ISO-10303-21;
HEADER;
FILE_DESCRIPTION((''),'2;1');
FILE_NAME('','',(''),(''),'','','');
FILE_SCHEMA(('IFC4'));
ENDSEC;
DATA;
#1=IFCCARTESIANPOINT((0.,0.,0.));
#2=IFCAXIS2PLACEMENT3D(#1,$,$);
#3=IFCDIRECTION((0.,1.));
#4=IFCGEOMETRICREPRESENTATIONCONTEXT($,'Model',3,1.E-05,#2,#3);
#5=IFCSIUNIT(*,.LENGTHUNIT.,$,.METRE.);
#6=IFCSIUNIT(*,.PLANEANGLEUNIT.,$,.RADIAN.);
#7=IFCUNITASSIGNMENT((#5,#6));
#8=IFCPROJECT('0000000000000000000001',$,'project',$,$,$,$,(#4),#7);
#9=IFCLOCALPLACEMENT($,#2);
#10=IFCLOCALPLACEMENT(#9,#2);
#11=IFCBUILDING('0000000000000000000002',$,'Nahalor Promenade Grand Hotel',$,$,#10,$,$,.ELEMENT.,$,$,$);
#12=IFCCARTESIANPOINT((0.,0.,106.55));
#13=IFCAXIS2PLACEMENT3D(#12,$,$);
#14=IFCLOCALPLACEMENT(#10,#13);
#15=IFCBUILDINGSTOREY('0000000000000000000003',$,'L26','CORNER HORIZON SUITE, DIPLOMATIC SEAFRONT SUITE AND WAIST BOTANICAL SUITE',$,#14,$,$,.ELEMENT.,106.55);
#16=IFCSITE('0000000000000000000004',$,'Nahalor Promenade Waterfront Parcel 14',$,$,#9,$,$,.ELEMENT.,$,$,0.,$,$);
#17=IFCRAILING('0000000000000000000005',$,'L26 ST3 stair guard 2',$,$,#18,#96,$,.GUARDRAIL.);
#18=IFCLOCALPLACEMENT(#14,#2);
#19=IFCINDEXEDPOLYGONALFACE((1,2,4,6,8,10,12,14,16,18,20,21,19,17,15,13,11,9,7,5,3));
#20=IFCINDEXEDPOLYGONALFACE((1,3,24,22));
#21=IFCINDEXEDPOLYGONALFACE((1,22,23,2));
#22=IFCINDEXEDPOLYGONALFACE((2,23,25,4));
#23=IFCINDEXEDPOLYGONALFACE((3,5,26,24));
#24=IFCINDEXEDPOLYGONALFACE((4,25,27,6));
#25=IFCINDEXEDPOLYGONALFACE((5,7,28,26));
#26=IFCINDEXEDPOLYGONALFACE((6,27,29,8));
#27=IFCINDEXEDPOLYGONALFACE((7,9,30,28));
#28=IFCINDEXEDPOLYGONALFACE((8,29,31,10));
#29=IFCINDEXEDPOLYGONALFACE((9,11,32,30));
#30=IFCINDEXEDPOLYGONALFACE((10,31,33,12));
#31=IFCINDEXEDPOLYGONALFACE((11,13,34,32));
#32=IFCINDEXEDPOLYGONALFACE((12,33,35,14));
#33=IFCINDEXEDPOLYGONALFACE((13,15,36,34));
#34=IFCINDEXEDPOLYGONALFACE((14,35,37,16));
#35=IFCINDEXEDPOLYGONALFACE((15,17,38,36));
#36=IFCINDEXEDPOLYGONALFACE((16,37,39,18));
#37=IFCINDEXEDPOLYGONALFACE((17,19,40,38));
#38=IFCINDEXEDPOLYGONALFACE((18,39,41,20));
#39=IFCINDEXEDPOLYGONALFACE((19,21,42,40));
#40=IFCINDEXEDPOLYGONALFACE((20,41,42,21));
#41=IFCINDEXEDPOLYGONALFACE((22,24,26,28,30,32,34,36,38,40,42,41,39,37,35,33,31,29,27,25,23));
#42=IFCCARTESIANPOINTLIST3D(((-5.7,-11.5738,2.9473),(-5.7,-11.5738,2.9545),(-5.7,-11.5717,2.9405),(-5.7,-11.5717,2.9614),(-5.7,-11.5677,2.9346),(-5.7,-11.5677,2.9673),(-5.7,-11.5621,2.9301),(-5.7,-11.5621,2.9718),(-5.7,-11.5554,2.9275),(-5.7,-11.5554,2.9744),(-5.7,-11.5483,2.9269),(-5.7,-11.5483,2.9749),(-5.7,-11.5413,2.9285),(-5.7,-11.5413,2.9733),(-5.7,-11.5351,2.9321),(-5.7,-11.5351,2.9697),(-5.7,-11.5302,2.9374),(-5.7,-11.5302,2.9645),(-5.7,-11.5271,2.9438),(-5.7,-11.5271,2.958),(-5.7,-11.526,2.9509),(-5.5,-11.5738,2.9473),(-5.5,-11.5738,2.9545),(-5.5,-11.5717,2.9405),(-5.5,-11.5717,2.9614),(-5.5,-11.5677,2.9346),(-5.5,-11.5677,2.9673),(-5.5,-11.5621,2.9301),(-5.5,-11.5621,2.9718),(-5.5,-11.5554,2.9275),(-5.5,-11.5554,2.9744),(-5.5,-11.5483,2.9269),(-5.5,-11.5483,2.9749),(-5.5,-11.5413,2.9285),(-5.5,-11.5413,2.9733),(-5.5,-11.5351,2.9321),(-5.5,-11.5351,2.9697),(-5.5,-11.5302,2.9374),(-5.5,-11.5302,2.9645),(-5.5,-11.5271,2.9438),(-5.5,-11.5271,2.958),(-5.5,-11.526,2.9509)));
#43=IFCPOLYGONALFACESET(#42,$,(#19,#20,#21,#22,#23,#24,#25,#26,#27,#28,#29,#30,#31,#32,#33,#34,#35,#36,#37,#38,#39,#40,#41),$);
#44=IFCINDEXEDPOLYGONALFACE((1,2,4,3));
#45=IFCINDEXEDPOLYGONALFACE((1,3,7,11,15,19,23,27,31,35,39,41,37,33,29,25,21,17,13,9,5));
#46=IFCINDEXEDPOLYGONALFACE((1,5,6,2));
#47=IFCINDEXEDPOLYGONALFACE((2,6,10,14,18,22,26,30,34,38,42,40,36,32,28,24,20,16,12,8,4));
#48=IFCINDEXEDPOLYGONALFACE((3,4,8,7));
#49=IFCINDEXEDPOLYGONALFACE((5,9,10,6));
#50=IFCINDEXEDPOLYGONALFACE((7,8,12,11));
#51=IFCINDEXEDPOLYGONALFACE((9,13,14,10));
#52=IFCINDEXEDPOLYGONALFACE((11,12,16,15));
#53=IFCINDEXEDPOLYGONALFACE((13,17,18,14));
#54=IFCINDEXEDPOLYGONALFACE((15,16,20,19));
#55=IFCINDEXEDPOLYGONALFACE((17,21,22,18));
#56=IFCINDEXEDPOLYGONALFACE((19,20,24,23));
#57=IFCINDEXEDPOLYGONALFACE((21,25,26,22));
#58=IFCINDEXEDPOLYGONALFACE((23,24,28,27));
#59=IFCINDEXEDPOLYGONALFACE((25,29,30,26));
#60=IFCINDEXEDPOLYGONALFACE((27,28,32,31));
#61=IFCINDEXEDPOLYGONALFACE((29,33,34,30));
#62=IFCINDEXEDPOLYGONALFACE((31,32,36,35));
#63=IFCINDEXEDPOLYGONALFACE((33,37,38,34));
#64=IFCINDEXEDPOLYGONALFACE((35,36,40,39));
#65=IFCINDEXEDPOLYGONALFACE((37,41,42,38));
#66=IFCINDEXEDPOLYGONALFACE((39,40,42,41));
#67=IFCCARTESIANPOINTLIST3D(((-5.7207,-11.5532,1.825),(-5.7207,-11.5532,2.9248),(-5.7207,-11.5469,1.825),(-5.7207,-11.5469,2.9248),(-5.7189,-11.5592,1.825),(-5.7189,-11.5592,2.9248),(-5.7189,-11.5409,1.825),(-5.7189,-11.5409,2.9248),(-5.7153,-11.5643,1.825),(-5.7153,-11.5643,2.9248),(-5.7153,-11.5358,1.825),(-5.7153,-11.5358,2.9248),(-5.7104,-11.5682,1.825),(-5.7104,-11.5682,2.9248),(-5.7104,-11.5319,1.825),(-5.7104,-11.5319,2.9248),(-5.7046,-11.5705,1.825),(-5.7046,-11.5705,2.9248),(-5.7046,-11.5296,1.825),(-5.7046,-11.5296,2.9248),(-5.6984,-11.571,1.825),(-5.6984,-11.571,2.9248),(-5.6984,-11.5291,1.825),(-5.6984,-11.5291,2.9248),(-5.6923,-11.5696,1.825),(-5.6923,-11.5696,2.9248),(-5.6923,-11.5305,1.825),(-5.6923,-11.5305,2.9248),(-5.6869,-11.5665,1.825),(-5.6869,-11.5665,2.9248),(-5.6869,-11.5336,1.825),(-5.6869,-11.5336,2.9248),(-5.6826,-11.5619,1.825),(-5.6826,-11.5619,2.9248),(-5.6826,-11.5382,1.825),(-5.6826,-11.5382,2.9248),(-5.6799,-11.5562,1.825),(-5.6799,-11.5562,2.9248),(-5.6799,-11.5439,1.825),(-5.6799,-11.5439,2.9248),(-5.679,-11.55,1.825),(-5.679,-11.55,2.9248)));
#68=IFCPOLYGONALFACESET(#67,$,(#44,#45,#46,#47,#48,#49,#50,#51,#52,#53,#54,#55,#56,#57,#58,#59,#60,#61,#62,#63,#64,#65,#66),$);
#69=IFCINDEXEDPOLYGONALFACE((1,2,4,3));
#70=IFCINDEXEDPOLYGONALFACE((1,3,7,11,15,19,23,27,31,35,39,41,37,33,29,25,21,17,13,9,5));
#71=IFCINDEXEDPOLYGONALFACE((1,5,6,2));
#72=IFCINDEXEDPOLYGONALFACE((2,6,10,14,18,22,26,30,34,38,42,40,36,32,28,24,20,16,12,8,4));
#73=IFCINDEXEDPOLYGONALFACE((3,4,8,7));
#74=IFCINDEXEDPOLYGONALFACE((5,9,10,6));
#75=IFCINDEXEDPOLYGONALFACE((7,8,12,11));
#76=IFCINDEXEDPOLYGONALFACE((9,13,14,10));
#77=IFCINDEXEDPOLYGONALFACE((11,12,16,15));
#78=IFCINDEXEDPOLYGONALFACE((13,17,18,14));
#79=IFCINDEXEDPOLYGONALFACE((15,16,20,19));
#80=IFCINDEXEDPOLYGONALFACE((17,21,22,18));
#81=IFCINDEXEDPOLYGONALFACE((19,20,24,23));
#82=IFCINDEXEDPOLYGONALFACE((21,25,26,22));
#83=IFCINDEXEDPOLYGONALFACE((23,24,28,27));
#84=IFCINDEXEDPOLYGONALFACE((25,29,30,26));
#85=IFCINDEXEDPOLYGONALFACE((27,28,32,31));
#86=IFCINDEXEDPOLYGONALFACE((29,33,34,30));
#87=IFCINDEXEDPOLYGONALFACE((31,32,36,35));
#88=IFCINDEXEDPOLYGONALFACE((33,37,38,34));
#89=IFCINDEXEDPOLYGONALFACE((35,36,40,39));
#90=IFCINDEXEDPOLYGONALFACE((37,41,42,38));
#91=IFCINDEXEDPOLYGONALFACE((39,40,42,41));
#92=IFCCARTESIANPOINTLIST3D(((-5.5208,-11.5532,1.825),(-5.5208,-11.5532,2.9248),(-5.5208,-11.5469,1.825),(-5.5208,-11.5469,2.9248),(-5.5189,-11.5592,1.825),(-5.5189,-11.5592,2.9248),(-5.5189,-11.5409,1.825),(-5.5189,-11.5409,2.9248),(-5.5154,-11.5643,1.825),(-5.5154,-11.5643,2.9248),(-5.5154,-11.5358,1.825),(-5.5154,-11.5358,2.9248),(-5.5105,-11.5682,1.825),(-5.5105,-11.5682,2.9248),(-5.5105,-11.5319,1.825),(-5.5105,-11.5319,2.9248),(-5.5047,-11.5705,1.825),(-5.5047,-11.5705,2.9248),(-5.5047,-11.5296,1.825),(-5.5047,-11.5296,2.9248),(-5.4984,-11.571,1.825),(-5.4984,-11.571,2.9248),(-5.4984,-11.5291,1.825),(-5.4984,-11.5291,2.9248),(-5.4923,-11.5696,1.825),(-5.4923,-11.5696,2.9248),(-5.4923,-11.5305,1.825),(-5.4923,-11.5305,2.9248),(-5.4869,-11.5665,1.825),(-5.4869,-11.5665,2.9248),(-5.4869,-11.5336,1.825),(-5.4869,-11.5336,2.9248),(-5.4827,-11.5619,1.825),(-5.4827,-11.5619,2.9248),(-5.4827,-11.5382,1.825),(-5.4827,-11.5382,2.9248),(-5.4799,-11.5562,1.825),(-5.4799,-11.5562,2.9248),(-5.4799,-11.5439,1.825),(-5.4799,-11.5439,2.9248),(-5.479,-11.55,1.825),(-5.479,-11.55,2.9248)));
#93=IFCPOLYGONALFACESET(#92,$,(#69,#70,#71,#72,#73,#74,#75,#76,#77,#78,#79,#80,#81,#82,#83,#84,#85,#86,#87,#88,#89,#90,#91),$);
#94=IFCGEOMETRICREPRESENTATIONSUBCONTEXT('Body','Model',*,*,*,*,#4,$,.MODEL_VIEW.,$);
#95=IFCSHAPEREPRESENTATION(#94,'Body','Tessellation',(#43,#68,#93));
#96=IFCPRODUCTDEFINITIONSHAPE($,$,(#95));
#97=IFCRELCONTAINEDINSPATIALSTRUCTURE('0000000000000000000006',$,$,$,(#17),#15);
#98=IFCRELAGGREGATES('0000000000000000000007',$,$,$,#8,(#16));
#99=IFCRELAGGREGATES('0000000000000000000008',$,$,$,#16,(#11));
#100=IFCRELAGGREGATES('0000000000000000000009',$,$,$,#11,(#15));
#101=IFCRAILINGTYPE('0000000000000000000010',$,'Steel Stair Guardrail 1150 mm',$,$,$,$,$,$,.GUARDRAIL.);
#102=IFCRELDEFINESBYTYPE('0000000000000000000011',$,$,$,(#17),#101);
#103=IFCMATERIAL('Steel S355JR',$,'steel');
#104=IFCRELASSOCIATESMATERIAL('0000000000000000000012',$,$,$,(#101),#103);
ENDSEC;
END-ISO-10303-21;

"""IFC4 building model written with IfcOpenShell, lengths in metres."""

from ifc_helpers import new_model, si_unit, direction, frame, origin, origin_2d, place, context, subcontext, project, spatial, circle, extrude, material, type_object, element, save


model = new_model("IFC4")

# Units and contexts
model_context = context("Model", 3, precision=1e-05, world=origin(), true_north=direction((0.0, 1.0)))
body_context = subcontext(model_context, "Body", "Model", "MODEL_VIEW")
ifc_project = project(units=[si_unit("LENGTHUNIT", "METRE"), si_unit("PLANEANGLEUNIT", "RADIAN")], contexts=[model_context])

# Site, building, storey
site_placement = place(None, origin())
site = spatial("IfcSite", under=ifc_project, at=site_placement, Name="Nahalor Promenade Waterfront Parcel 14", CompositionType="ELEMENT", RefElevation=0.0)
building_placement = place(site_placement, origin())
building = spatial("IfcBuilding", under=site, at=building_placement, Name="Nahalor Promenade Grand Hotel", CompositionType="ELEMENT")
storey_placement = place(building_placement, frame((0.0, 0.0, 106.55)))
storey = spatial("IfcBuildingStorey", under=building, at=storey_placement, Name="L26", Description="CORNER HORIZON SUITE, DIPLOMATIC SEAFRONT SUITE AND WAIST BOTANICAL SUITE", CompositionType="ELEMENT", Elevation=106.55)

# Shared definitions
ifc_material_1 = material(Name="Steel S355JR", Category="steel")

# Railing
railing_type_1 = type_object("IfcRailingType", Name="Steel Stair Guardrail 1150 mm", PredefinedType="GUARDRAIL", material=ifc_material_1)
railing_1_placement = place(storey_placement, frame((-5.7, -11.55, 1.825)))
element("IfcRailing", 1, at=railing_1_placement, inside=storey, type_object=railing_type_1, Name="L26 ST3 stair guard 2", PredefinedType="GUARDRAIL", context=body_context, shape_type="SweptSolid", body=[
    extrude(circle(Radius=0.024, at=origin_2d()), frame((0.0, 0.0, 1.126), z_axis=(1.0, 0.0, 0.0), x_axis=(0.0, 1.0, 0.0)), (0.0, 0.0, 1.0), 0.2),
    extrude(circle(Radius=0.021, at=origin_2d()), origin(), (0.0, 0.0, 1.0), 1.0999),
    extrude(circle(Radius=0.021, at=origin_2d()), frame((0.2, 0.0, 0.0)), (0.0, 0.0, 1.0), 1.0999),
])

save(model, "model.ifc")
